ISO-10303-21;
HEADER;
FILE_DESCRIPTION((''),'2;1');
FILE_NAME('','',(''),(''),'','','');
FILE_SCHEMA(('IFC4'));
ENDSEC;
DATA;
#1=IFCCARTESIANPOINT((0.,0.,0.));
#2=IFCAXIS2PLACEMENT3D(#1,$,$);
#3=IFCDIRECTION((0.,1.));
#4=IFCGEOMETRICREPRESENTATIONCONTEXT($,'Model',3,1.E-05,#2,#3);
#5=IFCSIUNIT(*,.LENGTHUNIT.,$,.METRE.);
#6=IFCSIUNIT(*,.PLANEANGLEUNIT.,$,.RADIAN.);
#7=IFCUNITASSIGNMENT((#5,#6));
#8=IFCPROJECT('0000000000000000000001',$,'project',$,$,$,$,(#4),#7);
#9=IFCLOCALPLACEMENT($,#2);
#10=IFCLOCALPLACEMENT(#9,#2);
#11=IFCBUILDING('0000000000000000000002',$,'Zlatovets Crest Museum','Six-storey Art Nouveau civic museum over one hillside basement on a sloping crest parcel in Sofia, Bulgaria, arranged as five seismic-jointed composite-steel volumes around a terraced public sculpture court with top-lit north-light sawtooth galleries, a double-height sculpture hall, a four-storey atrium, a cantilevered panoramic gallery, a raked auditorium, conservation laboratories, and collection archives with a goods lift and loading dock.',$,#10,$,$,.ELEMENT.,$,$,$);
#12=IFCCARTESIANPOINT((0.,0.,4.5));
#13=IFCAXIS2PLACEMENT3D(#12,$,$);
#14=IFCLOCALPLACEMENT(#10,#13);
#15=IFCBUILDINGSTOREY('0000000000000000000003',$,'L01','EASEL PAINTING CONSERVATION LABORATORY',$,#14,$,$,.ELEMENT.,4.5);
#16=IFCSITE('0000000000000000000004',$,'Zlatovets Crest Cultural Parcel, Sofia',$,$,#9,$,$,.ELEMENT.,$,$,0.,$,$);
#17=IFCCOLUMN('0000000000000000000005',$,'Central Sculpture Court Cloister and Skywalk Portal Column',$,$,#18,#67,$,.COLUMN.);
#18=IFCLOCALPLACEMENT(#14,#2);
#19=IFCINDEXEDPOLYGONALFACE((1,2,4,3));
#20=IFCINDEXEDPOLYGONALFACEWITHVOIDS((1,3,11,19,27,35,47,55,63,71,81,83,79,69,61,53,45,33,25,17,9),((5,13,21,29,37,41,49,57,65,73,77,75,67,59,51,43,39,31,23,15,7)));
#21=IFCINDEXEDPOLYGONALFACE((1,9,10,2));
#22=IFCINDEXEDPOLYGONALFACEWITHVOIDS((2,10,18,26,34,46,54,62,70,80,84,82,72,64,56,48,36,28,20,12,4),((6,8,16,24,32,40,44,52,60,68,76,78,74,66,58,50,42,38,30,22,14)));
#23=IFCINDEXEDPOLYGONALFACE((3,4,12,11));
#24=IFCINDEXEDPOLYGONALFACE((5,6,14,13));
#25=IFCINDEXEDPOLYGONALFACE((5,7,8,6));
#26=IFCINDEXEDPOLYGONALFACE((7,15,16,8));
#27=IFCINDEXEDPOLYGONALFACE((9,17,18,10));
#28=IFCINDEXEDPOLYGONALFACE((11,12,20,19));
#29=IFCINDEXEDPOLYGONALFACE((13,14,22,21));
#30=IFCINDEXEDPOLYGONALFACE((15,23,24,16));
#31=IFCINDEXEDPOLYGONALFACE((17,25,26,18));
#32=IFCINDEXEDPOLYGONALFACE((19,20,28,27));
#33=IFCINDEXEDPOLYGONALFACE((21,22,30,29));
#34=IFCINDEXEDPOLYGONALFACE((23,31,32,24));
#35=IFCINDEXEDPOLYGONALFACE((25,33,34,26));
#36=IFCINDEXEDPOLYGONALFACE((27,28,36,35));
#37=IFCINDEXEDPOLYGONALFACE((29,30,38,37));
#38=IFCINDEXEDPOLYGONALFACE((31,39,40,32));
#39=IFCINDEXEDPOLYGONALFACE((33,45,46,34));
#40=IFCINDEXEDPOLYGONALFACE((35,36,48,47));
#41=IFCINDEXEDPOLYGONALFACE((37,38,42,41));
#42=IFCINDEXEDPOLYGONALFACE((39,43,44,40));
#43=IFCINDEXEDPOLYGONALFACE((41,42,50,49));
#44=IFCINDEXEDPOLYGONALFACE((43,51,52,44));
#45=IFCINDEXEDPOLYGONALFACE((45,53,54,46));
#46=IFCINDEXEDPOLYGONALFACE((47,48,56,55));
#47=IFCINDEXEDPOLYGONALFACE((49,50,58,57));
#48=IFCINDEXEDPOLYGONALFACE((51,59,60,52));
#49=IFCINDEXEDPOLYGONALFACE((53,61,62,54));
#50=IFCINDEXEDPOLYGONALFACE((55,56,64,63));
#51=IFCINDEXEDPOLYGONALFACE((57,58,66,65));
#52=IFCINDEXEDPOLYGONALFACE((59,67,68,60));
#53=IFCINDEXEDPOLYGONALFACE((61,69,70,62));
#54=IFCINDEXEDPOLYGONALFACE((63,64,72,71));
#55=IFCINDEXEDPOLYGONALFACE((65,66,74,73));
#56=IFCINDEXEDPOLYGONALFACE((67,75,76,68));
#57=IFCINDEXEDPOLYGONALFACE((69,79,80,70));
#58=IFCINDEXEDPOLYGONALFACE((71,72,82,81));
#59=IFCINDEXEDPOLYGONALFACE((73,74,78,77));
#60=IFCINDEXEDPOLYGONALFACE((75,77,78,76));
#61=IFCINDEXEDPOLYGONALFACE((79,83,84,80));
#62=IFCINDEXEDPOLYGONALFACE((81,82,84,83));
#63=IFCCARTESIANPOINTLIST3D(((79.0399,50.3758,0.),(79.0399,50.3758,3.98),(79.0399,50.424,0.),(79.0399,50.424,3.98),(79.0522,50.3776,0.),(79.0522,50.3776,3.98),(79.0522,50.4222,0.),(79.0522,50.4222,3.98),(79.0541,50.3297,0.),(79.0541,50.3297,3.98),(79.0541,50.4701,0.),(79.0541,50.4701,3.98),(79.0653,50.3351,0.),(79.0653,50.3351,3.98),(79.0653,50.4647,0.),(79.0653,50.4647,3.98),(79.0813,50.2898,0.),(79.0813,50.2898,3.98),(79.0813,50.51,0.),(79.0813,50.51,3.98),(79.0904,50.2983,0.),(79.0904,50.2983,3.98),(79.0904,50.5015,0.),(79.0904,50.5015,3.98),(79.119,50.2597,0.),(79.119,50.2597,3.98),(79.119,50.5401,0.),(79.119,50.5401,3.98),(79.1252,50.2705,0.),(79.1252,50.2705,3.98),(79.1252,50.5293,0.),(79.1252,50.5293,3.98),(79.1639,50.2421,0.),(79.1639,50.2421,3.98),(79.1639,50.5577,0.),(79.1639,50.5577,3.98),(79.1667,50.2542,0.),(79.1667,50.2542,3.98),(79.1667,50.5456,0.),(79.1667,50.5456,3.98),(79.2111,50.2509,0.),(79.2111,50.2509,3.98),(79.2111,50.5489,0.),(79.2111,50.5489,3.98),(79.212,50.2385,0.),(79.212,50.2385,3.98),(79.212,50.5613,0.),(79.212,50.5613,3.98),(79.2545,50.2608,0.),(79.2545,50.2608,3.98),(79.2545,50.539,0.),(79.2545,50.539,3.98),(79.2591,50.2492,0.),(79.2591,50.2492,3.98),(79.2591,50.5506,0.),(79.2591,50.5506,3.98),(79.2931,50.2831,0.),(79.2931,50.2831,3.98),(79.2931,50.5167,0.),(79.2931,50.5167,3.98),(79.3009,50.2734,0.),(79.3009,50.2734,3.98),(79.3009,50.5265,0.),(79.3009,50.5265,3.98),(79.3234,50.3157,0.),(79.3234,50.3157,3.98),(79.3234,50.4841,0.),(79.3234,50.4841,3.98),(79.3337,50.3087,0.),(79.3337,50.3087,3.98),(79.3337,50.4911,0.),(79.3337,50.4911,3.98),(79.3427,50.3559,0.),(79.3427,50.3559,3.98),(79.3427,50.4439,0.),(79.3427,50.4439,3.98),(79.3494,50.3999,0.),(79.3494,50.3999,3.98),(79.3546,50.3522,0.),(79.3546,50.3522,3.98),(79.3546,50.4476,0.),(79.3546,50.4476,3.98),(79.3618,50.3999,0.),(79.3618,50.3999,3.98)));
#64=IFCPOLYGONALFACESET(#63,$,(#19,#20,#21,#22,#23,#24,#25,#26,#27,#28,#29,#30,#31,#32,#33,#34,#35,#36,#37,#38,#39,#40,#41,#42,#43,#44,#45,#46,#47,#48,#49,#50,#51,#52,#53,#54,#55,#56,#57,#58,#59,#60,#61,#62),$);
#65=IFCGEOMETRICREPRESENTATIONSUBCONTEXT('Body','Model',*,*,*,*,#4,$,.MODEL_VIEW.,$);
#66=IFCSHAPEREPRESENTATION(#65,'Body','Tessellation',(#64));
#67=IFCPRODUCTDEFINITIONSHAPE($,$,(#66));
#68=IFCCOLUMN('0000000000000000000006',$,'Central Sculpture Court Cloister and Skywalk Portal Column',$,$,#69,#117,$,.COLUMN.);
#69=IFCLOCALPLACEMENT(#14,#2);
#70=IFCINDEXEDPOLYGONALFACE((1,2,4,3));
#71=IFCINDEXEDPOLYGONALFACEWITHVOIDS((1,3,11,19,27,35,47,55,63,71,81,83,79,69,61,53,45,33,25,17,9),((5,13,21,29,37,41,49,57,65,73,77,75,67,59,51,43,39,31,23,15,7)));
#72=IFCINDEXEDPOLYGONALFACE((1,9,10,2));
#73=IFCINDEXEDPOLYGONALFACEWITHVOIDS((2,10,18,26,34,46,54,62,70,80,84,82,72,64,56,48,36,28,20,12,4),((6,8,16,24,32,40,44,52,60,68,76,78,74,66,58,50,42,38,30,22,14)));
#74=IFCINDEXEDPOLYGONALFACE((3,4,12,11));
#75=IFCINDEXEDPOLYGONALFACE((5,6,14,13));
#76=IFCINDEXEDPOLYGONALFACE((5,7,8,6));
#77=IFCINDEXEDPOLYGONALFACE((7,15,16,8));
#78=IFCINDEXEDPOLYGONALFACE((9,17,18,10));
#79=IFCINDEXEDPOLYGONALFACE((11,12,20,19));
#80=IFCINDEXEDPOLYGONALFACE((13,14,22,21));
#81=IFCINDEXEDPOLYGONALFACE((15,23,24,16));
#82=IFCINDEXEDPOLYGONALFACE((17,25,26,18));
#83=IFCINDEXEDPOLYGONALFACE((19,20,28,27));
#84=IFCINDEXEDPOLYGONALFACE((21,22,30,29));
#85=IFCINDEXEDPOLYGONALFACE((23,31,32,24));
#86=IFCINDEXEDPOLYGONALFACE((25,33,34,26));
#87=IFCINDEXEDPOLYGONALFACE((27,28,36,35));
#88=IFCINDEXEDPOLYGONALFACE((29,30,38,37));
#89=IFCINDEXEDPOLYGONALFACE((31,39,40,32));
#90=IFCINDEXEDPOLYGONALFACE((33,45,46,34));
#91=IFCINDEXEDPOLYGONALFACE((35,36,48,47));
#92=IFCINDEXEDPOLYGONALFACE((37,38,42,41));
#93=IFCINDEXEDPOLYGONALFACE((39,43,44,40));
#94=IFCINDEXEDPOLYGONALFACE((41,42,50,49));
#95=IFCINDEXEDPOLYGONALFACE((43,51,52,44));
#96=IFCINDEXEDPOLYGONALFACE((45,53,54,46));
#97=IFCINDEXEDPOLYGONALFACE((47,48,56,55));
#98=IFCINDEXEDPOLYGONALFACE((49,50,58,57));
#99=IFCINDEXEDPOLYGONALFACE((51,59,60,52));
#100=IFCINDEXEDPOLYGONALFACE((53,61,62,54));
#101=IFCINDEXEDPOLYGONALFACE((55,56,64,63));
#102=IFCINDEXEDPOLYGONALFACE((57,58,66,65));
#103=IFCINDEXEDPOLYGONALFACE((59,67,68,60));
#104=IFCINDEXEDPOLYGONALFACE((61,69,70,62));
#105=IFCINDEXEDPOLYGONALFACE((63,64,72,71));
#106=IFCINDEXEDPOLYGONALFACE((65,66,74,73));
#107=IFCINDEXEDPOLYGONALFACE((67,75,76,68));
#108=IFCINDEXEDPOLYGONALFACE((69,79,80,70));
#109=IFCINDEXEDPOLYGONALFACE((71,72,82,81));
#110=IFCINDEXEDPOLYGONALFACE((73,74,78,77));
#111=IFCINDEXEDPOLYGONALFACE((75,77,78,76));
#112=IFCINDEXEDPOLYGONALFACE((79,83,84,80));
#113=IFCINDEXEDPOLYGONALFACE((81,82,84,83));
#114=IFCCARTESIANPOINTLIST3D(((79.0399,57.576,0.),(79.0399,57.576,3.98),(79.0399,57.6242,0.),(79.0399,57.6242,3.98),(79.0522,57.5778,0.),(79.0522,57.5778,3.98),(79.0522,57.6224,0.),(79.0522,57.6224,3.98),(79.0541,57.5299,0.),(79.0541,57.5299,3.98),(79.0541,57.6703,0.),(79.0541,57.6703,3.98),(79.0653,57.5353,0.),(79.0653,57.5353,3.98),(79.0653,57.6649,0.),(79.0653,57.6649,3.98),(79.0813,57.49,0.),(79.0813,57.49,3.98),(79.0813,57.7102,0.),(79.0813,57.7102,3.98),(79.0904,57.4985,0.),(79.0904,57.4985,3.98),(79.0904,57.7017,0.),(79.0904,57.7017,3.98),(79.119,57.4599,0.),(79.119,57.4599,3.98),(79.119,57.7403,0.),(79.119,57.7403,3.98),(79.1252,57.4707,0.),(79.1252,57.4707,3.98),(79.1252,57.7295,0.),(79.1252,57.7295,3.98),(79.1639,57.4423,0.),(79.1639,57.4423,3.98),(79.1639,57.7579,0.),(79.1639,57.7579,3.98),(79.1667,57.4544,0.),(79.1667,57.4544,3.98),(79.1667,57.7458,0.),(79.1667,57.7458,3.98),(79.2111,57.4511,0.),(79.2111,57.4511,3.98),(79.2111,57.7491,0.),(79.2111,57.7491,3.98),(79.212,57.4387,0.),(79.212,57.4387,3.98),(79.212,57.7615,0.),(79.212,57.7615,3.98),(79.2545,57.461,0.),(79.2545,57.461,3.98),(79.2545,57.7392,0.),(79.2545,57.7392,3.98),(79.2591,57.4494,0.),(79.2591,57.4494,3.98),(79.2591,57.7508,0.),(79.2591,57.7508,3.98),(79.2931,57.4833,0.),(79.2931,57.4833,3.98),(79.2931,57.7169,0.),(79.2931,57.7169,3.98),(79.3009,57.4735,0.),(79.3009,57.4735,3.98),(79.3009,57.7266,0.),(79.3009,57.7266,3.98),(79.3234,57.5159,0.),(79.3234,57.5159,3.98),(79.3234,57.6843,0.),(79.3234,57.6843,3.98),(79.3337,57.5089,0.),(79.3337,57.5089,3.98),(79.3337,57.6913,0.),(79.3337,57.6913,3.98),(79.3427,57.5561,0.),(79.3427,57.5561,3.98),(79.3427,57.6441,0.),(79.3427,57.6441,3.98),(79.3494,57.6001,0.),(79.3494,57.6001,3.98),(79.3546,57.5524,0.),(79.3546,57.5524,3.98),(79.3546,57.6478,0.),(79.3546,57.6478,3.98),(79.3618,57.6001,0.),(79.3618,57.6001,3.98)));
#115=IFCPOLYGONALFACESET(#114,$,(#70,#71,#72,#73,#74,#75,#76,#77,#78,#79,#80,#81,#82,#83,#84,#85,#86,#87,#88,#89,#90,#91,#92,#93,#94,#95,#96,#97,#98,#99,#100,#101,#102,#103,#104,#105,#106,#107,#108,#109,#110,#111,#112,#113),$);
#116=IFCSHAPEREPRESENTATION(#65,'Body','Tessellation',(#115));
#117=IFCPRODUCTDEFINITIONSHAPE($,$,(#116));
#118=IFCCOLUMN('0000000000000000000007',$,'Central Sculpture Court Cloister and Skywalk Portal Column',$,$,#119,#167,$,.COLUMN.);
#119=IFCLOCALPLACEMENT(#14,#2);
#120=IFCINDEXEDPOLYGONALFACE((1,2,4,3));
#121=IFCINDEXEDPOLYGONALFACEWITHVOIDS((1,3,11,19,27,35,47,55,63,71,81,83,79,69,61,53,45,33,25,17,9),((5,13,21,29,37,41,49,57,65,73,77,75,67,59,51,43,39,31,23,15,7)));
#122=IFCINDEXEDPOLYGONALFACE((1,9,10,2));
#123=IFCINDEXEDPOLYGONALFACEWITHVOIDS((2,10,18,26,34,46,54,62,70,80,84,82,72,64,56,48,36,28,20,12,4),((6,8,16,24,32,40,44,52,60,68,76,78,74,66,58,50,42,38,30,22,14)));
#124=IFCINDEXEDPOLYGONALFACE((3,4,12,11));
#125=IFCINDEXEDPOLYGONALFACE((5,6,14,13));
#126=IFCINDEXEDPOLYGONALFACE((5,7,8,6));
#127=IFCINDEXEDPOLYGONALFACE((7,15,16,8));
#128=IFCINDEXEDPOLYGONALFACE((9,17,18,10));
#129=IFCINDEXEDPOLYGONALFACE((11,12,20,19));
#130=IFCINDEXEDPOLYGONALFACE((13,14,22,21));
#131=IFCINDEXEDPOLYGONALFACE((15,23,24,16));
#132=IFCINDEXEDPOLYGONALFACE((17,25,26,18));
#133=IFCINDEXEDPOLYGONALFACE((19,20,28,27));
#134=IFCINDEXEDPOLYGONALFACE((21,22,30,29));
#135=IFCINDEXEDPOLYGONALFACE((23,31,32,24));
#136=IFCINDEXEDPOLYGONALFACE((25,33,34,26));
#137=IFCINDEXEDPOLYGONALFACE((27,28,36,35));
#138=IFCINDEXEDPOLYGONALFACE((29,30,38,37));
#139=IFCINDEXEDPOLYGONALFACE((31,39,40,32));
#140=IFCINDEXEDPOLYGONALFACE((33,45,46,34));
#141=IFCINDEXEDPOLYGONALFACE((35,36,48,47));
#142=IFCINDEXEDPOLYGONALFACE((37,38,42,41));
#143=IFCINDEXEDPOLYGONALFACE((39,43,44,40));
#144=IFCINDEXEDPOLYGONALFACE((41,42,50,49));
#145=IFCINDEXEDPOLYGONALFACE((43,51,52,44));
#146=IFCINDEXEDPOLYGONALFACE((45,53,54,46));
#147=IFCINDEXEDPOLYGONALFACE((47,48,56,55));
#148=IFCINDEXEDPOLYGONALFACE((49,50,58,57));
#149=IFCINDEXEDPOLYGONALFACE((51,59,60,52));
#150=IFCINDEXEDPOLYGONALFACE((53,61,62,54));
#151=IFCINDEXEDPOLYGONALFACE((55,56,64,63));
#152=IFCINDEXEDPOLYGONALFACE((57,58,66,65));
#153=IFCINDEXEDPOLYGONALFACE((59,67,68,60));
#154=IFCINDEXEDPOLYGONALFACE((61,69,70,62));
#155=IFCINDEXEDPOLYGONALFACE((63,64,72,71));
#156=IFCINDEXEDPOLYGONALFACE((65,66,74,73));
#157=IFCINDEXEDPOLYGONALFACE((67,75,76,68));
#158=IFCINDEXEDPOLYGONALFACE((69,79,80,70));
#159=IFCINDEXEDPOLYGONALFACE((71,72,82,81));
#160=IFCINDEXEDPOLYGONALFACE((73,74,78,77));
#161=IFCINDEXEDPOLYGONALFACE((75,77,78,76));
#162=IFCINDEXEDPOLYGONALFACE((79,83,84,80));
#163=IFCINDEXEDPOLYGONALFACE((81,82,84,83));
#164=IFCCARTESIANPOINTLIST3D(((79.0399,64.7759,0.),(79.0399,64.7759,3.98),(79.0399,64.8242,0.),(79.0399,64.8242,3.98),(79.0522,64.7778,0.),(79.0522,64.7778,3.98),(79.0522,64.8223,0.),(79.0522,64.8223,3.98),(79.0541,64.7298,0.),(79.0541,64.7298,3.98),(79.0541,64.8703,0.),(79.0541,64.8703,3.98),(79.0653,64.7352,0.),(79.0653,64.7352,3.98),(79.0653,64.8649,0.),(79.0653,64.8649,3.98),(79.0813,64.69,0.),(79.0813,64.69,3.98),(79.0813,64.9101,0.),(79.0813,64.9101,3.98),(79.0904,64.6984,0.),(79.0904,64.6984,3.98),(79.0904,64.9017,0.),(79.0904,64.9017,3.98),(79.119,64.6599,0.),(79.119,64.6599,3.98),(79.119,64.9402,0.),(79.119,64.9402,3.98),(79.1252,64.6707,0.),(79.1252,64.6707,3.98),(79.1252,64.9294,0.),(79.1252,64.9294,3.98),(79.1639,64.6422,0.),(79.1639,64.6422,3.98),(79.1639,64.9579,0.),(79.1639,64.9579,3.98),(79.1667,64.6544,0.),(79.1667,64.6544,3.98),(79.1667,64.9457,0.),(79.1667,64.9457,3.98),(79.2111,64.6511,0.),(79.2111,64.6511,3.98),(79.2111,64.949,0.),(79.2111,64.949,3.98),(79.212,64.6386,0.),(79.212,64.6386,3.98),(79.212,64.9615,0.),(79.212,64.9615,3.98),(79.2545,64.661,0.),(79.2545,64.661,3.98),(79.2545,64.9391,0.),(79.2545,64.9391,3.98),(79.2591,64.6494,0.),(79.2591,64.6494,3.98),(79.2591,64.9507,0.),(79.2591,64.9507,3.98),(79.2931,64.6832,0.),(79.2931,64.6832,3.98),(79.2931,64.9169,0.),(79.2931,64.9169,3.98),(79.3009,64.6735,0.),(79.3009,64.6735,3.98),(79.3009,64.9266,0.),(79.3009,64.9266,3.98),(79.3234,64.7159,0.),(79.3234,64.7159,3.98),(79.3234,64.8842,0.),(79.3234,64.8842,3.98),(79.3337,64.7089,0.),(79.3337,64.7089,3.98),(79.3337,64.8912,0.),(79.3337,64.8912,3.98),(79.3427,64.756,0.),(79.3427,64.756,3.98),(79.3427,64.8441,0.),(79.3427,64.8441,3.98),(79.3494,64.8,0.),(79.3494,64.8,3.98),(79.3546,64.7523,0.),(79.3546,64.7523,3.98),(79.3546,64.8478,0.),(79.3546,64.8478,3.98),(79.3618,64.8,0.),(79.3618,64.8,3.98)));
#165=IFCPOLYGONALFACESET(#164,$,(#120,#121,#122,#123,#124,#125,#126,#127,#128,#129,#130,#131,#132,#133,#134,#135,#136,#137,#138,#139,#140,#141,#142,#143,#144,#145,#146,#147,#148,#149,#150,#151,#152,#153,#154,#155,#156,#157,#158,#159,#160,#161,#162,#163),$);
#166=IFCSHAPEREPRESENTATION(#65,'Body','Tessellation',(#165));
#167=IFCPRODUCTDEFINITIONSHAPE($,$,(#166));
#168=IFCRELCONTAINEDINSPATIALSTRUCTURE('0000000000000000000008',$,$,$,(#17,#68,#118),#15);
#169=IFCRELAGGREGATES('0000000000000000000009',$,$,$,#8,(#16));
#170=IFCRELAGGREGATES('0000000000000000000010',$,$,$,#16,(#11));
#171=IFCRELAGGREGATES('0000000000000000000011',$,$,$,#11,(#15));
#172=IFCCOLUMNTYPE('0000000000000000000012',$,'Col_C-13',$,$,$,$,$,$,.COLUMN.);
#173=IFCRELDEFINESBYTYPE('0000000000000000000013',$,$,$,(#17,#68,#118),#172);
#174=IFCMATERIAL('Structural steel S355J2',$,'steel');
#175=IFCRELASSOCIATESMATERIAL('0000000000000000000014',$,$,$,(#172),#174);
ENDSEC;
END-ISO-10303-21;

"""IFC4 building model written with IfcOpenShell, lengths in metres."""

from ifc_helpers import new_model, si_unit, direction, frame, origin, origin_2d, place, context, subcontext, project, spatial, hollow_circle, extrude, material, material_profile, profile_set, type_object, element, save


model = new_model("IFC4")

# Units and contexts
model_context = context("Model", 3, precision=1e-05, world=origin(), true_north=direction((0.0, 1.0)))
body_context = subcontext(model_context, "Body", "Model", "MODEL_VIEW")
ifc_project = project(units=[si_unit("LENGTHUNIT", "METRE"), si_unit("PLANEANGLEUNIT", "RADIAN")], contexts=[model_context])

# Site, building, storey
site_placement = place(None, origin())
site = spatial("IfcSite", under=ifc_project, at=site_placement, Name="Zlatovets Crest Cultural Parcel, Sofia", CompositionType="ELEMENT", RefElevation=0.0)
building_placement = place(site_placement, origin())
building = spatial("IfcBuilding", under=site, at=building_placement, Name="Zlatovets Crest Museum", Description="Six-storey Art Nouveau civic museum over one hillside basement on a sloping crest parcel in Sofia, Bulgaria, arranged as five seismic-jointed composite-steel volumes around a terraced public sculpture court with top-lit north-light sawtooth galleries, a double-height sculpture hall, a four-storey atrium, a cantilevered panoramic gallery, a raked auditorium, conservation laboratories, and collection archives with a goods lift and loading dock.", CompositionType="ELEMENT")
storey_placement = place(building_placement, frame((0.0, 0.0, 4.5)))
storey = spatial("IfcBuildingStorey", under=building, at=storey_placement, Name="L01", Description="EASEL PAINTING CONSERVATION LABORATORY", CompositionType="ELEMENT", Elevation=4.5)

# Columns
ifc_material_1 = material(Name="Structural steel S355J2", Category="steel")
ifc_material_profile_1 = material_profile(ifc_material_1, hollow_circle(Radius=0.1619, WallThickness=0.0125, at=origin_2d()), Name="CHS 323.9x12.5")
ifc_profile_set_1 = profile_set([ifc_material_profile_1], Name="Structural steel S355J2")
column_type = type_object("IfcColumnType", Name="Col_C-13", PredefinedType="COLUMN", material=ifc_profile_set_1)
for number, where, z_axis, x_axis, name in (
    (1, (79.2, 50.3999, 0.0), (0.0, 0.0, 1.0), (1.0, 0.0, 0.0), "Central Sculpture Court Cloister and Skywalk Portal Column"),
    (2, (79.2, 57.6001, 0.0), (0.0, 0.0, 1.0), (1.0, 0.0, 0.0), "Central Sculpture Court Cloister and Skywalk Portal Column"),
    (3, (79.2, 64.8, 0.0), (0.0, 0.0, 1.0), (1.0, 0.0, 0.0), "Central Sculpture Court Cloister and Skywalk Portal Column"),
):
    element("IfcColumn", number, at=place(storey_placement, frame(where, z_axis=z_axis, x_axis=x_axis)), inside=storey, type_object=column_type, Name=name, PredefinedType="COLUMN", context=body_context, shape_type="SweptSolid", body=[
        extrude(hollow_circle(Radius=0.1619, WallThickness=0.0125, at=origin_2d()), origin(), (0.0, 0.0, 1.0), 3.98),
    ])

save(model, "model.ifc")
